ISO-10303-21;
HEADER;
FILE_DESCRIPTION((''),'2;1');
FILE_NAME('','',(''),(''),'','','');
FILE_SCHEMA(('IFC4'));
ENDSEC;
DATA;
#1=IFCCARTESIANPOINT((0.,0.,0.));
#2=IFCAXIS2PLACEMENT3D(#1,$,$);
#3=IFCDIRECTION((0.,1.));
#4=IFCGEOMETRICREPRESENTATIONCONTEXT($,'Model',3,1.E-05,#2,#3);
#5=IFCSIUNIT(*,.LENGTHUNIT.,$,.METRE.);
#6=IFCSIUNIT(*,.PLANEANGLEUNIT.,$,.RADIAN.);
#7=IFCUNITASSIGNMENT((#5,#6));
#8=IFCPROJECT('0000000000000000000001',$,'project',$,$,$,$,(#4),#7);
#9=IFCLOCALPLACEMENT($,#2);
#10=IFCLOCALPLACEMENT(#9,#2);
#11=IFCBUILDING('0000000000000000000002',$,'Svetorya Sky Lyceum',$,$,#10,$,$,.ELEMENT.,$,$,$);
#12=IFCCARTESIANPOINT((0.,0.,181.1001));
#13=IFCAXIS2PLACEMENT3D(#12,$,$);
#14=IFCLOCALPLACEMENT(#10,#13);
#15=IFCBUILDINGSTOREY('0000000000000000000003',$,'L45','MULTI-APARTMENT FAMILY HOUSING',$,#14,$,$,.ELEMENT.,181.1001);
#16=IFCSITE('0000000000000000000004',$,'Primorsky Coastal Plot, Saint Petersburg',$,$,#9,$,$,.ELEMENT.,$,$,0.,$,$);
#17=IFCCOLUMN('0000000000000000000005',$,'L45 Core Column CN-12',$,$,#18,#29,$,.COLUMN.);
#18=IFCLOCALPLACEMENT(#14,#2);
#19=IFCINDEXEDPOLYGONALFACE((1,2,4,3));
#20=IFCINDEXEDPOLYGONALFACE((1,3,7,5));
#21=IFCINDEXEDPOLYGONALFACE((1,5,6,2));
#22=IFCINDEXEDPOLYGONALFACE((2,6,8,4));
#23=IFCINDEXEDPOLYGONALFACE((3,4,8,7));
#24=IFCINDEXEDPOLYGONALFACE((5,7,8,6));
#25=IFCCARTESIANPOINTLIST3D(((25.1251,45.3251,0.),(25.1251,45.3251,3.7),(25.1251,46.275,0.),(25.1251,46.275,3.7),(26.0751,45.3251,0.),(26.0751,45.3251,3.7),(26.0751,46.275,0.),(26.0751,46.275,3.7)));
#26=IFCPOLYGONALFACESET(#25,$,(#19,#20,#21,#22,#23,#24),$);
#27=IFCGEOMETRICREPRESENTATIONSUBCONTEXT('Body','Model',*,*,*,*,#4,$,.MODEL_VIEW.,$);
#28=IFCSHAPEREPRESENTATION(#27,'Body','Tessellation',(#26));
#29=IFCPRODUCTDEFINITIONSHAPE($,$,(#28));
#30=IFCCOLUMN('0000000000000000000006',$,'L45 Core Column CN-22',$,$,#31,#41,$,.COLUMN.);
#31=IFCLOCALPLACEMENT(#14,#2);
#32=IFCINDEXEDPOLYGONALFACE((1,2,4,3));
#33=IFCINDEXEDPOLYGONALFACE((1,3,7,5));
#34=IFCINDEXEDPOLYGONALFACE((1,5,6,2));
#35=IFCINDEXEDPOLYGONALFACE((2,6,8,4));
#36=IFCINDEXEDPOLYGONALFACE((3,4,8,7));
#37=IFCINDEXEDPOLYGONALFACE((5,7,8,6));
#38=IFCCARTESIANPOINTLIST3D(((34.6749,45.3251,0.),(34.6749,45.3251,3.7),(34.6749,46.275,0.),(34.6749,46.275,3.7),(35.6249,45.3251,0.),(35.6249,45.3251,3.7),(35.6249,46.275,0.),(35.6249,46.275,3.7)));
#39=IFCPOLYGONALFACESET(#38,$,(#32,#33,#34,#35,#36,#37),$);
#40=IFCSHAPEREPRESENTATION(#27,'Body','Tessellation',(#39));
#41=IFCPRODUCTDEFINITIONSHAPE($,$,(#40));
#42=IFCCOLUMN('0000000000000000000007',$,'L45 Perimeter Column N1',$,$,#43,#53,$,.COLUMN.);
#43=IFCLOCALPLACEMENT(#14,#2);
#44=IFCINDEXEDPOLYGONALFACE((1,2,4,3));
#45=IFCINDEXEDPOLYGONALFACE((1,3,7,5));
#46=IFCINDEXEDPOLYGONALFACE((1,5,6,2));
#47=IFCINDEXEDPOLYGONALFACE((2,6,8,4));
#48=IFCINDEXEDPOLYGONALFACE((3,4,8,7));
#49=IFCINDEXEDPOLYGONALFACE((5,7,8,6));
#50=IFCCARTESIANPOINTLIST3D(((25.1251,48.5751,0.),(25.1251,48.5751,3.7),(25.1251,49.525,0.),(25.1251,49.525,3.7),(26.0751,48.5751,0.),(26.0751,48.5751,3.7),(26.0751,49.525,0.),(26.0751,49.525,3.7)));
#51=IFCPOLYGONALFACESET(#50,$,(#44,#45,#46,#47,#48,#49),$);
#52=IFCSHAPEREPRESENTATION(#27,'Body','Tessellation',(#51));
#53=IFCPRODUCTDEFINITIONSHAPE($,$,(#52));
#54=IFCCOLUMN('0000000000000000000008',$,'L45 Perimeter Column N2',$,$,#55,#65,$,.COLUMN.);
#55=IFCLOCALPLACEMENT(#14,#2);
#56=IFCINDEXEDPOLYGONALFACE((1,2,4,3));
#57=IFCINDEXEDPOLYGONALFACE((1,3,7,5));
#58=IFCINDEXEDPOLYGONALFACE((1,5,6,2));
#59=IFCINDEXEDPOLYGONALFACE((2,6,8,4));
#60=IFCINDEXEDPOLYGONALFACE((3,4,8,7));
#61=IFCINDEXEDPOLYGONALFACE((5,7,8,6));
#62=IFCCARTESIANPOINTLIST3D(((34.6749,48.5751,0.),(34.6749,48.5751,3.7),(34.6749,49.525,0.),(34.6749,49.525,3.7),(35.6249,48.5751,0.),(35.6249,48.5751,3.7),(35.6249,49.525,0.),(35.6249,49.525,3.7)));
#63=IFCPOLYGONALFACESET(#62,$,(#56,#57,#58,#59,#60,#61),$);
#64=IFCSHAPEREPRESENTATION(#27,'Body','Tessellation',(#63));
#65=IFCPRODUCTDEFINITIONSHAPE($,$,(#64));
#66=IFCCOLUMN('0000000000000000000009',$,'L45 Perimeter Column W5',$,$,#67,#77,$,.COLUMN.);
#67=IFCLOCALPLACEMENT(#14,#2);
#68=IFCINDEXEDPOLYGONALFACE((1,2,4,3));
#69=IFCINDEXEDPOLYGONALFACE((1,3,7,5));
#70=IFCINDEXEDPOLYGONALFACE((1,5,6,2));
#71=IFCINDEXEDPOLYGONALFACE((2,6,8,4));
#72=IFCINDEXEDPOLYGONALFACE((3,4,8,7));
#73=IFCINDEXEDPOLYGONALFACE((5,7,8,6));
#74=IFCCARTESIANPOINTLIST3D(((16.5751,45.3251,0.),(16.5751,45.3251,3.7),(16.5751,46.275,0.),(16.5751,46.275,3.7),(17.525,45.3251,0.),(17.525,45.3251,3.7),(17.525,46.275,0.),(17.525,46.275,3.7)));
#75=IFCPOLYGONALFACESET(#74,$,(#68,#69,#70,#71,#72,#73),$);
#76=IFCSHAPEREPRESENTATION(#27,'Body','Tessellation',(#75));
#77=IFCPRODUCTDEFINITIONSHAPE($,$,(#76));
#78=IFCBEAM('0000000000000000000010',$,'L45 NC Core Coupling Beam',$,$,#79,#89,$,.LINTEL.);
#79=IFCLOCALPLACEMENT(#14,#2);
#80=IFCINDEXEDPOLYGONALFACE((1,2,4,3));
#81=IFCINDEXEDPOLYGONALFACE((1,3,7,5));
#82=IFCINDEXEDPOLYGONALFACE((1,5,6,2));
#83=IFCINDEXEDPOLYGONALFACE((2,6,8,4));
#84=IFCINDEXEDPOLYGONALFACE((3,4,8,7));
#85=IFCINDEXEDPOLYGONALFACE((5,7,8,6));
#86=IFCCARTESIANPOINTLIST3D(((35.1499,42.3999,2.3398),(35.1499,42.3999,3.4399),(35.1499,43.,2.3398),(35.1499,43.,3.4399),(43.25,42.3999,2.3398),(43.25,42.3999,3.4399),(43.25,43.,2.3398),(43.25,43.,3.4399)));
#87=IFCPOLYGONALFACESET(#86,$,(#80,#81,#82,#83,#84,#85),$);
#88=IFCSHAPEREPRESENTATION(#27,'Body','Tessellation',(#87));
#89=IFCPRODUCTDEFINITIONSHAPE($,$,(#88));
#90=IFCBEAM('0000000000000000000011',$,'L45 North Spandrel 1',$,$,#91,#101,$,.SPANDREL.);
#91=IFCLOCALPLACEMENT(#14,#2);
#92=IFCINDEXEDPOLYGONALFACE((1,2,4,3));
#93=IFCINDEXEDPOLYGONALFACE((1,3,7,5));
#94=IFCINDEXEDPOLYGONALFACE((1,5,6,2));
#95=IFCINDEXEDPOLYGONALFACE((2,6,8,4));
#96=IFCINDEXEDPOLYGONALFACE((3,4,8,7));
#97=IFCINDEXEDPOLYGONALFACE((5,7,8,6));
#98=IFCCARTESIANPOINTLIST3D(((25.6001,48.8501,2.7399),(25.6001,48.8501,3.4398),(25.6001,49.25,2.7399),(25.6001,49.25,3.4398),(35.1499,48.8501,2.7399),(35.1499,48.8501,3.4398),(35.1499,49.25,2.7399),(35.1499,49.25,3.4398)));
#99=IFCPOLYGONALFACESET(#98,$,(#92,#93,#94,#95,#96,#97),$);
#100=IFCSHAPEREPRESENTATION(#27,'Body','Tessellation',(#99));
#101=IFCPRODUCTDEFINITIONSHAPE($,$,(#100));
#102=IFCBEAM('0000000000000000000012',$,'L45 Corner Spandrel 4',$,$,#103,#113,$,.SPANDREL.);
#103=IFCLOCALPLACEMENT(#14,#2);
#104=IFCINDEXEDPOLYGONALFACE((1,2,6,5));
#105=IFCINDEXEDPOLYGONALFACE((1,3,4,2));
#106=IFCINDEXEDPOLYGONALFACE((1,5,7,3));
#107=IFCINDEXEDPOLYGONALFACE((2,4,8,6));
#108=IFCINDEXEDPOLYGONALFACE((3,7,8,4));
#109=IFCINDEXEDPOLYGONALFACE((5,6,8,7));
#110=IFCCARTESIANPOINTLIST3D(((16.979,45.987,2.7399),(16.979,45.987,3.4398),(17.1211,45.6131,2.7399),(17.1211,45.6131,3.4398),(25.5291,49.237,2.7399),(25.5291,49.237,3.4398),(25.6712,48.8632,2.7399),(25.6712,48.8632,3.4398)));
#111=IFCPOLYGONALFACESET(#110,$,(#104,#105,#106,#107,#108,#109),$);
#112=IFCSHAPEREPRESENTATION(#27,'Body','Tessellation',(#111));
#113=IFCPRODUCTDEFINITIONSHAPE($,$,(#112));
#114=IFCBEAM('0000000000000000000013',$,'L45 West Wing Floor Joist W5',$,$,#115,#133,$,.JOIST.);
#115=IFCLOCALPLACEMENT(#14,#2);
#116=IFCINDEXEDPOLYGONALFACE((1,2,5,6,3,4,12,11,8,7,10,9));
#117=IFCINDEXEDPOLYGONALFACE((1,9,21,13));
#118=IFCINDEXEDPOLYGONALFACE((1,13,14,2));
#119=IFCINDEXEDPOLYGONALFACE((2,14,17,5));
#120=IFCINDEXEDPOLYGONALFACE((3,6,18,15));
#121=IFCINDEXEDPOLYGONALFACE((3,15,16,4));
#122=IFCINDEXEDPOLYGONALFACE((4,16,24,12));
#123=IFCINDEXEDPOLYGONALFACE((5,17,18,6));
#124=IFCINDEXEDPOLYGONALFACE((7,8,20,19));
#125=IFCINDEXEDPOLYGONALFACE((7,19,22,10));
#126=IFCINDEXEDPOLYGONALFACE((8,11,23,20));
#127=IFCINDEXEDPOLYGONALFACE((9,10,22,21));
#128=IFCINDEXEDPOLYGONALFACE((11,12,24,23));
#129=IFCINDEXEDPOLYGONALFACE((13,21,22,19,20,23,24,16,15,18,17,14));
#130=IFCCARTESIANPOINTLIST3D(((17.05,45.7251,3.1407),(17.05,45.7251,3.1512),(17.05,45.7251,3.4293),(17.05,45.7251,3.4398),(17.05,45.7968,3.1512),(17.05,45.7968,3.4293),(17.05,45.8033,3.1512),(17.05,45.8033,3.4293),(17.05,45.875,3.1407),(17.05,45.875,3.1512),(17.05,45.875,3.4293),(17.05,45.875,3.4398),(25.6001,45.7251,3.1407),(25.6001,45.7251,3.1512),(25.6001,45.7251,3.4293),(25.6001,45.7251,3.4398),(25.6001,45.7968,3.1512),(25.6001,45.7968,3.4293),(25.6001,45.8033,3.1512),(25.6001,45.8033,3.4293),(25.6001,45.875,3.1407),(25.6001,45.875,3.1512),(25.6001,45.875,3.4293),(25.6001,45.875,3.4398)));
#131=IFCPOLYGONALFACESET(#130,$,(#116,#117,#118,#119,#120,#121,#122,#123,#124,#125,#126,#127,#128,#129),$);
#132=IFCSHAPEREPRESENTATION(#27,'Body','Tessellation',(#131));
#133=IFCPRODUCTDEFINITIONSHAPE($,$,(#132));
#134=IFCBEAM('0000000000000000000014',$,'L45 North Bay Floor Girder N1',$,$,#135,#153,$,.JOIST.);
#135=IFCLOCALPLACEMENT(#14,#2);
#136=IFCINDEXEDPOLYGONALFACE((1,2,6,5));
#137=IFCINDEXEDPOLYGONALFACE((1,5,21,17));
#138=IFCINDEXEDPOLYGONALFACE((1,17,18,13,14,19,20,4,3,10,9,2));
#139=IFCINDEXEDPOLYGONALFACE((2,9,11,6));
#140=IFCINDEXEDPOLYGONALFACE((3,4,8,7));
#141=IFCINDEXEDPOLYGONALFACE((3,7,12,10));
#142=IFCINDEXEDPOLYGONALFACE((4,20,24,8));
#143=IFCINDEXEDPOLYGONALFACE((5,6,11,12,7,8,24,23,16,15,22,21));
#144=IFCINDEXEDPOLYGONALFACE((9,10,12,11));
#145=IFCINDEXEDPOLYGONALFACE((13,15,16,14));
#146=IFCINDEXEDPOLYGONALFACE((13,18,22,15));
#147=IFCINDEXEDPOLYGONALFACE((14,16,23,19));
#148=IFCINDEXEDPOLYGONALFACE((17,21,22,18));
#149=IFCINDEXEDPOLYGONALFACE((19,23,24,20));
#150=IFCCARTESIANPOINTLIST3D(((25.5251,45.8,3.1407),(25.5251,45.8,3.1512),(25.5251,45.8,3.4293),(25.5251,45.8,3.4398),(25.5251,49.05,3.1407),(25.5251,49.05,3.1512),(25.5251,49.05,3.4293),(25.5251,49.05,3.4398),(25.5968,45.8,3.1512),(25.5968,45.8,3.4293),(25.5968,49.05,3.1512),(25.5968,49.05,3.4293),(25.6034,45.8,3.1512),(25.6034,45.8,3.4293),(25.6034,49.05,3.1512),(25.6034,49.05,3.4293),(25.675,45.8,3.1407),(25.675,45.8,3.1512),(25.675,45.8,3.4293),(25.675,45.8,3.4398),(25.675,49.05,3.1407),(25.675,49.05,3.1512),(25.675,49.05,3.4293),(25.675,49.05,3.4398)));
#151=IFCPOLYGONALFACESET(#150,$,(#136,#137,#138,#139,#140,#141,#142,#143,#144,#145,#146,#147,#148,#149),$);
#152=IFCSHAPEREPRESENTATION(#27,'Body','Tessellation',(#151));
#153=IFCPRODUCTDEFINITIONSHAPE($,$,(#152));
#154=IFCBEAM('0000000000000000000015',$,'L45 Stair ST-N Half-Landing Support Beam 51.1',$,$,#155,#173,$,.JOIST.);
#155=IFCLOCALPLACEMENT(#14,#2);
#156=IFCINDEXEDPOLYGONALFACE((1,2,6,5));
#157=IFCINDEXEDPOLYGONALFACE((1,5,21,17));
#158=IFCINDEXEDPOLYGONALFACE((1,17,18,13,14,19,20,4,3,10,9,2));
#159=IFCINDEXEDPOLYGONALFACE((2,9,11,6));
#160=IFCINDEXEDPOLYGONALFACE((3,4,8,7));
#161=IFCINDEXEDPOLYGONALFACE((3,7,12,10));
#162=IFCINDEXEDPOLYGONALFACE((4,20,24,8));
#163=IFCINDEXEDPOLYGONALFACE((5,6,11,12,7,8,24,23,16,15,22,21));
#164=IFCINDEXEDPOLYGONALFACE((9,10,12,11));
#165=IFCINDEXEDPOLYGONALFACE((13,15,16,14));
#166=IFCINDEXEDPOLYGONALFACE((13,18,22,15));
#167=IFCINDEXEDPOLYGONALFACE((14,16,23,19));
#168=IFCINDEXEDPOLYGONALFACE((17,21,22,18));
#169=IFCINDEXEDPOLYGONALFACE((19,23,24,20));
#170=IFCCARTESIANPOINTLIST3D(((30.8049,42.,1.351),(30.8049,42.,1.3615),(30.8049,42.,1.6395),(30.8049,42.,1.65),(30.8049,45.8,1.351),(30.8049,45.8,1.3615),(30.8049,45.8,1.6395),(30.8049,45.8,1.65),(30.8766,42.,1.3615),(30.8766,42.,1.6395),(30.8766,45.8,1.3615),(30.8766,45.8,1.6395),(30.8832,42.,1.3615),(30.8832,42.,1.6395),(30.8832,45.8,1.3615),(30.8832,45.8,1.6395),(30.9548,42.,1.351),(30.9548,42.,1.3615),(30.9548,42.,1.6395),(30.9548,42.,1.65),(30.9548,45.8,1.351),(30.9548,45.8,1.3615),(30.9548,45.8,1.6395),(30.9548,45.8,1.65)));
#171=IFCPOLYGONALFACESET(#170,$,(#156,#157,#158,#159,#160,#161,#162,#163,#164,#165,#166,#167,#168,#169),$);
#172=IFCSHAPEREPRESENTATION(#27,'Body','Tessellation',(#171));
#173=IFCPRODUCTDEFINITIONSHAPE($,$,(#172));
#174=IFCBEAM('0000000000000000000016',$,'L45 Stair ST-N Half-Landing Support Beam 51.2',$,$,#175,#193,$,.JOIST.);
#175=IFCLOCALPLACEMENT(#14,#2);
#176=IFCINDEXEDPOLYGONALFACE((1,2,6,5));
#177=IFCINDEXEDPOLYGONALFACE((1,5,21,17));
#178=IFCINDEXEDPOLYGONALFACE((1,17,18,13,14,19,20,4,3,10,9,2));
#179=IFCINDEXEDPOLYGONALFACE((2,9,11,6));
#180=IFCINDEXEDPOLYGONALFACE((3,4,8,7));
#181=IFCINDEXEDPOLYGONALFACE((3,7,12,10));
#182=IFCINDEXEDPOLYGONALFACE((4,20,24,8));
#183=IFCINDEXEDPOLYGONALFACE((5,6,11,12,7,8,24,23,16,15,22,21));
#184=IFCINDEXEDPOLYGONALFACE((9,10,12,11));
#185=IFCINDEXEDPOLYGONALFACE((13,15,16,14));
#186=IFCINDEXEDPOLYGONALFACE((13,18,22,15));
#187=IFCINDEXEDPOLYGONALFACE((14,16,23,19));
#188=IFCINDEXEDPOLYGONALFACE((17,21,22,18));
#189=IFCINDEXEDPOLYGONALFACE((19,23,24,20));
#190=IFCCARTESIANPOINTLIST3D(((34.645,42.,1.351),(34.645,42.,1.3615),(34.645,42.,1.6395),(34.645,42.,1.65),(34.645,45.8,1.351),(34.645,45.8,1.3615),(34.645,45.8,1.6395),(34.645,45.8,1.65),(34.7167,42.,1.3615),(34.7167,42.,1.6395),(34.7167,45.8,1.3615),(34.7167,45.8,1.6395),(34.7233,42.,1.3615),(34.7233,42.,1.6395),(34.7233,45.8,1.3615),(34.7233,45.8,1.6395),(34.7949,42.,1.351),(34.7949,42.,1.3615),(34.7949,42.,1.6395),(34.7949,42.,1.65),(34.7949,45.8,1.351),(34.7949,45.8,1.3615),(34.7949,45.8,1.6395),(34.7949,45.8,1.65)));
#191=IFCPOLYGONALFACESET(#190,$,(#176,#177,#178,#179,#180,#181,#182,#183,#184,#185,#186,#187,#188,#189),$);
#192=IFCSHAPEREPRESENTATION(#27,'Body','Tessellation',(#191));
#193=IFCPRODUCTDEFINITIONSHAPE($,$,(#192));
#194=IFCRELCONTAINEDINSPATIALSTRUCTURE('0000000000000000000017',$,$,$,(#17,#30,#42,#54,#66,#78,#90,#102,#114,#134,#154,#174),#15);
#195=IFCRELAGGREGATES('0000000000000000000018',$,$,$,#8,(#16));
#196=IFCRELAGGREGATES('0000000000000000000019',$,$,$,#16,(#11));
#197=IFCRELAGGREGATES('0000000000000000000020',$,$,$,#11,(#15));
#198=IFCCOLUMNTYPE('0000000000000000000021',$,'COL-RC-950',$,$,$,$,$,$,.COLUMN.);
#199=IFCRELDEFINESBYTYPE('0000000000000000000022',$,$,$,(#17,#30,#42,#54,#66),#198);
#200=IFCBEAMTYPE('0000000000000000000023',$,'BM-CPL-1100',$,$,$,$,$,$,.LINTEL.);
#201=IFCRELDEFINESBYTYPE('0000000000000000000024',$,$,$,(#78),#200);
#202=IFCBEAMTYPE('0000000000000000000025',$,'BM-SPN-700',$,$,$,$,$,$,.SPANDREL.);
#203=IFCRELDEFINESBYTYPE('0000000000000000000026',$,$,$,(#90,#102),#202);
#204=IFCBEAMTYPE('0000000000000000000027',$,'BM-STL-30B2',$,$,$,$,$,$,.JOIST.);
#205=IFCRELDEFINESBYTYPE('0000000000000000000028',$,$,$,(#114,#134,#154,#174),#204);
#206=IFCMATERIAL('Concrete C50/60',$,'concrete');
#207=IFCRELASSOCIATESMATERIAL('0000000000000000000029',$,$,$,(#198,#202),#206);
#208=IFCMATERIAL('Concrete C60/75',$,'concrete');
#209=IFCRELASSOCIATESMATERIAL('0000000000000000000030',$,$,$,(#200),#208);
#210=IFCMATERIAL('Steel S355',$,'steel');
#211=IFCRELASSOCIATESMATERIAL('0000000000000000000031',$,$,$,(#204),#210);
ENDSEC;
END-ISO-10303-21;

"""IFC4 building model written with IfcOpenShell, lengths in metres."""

from ifc_helpers import new_model, si_unit, direction, frame, origin, origin_2d, place, context, subcontext, project, spatial, rectangle, i_section, extrude, material, material_profile, profile_set, type_object, element, save


model = new_model("IFC4")

# Units and contexts
model_context = context("Model", 3, precision=1e-05, world=origin(), true_north=direction((0.0, 1.0)))
body_context = subcontext(model_context, "Body", "Model", "MODEL_VIEW")
ifc_project = project(units=[si_unit("LENGTHUNIT", "METRE"), si_unit("PLANEANGLEUNIT", "RADIAN")], contexts=[model_context])

# Site, building, storey
site_placement = place(None, origin())
site = spatial("IfcSite", under=ifc_project, at=site_placement, Name="Primorsky Coastal Plot, Saint Petersburg", CompositionType="ELEMENT", RefElevation=0.0)
building_placement = place(site_placement, origin())
building = spatial("IfcBuilding", under=site, at=building_placement, Name="Svetorya Sky Lyceum", CompositionType="ELEMENT")
storey_placement = place(building_placement, frame((0.0, 0.0, 181.1001)))
storey = spatial("IfcBuildingStorey", under=building, at=storey_placement, Name="L45", Description="MULTI-APARTMENT FAMILY HOUSING", CompositionType="ELEMENT", Elevation=181.1001)

# Columns
ifc_material_1 = material(Name="Concrete C50/60", Category="concrete")
ifc_material_profile_1 = material_profile(ifc_material_1, rectangle(XDim=0.95, YDim=0.95, at=origin_2d()), Name="RC COL 950x950")
ifc_profile_set_1 = profile_set([ifc_material_profile_1], Name="Concrete C50/60")
column_type = type_object("IfcColumnType", Name="COL-RC-950", PredefinedType="COLUMN", material=ifc_profile_set_1)
for number, where, z_axis, x_axis, name in (
    (1, (25.6001, 45.8, 0.0), (0.0, 0.0, 1.0), (1.0, 0.0, 0.0), "L45 Core Column CN-12"),
    (2, (35.1499, 45.8, 0.0), (0.0, 0.0, 1.0), (1.0, 0.0, 0.0), "L45 Core Column CN-22"),
    (3, (25.6001, 49.05, 0.0), (0.0, 0.0, 1.0), (1.0, 0.0, 0.0), "L45 Perimeter Column N1"),
    (4, (35.1499, 49.05, 0.0), (0.0, 0.0, 1.0), (1.0, 0.0, 0.0), "L45 Perimeter Column N2"),
    (5, (17.05, 45.8, 0.0), (0.0, 0.0, 1.0), (1.0, 0.0, 0.0), "L45 Perimeter Column W5"),
):
    element("IfcColumn", number, at=place(storey_placement, frame(where, z_axis=z_axis, x_axis=x_axis)), inside=storey, type_object=column_type, Name=name, PredefinedType="COLUMN", context=body_context, shape_type="SweptSolid", body=[
        extrude(rectangle(XDim=0.95, YDim=0.95, at=origin_2d()), origin(), (0.0, 0.0, 1.0), 3.7),
    ])

# Beams
ifc_material_2 = material(Name="Concrete C60/75", Category="concrete")
ifc_material_profile_2 = material_profile(ifc_material_2, rectangle(XDim=0.6001, YDim=1.1001, at=origin_2d()), Name="RC COUPLING 600x1100")
ifc_profile_set_2 = profile_set([ifc_material_profile_2], Name="Concrete C60/75")
beam_type_1 = type_object("IfcBeamType", Name="BM-CPL-1100", PredefinedType="LINTEL", material=ifc_profile_set_2)
beam_1_placement = place(storey_placement, frame((35.1499, 42.7, 2.8899), z_axis=(1.0, 0.0, 0.0), x_axis=(0.0, 1.0, 0.0)))
element("IfcBeam", 6, at=beam_1_placement, inside=storey, type_object=beam_type_1, Name="L45 NC Core Coupling Beam", PredefinedType="LINTEL", context=body_context, shape_type="SweptSolid", body=[
    extrude(rectangle(XDim=0.6001, YDim=1.1001, at=origin_2d()), origin(), (0.0, 0.0, 1.0), 8.1001),
])
ifc_material_profile_3 = material_profile(ifc_material_1, rectangle(XDim=0.3999, YDim=0.7, at=origin_2d()), Name="RC SPANDREL 400x700")
ifc_profile_set_3 = profile_set([ifc_material_profile_3], Name="Concrete C50/60")
beam_type_2 = type_object("IfcBeamType", Name="BM-SPN-700", PredefinedType="SPANDREL", material=ifc_profile_set_3)
beam_2_placement = place(storey_placement, frame((25.6001, 49.05, 3.0898), z_axis=(1.0, 0.0, 0.0), x_axis=(0.0, 1.0, 0.0)))
element("IfcBeam", 7, at=beam_2_placement, inside=storey, type_object=beam_type_2, Name="L45 North Spandrel 1", PredefinedType="SPANDREL", context=body_context, shape_type="SweptSolid", body=[
    extrude(rectangle(XDim=0.3999, YDim=0.7, at=origin_2d()), origin(), (0.0, 0.0, 1.0), 9.5498),
])
beam_3_placement = place(storey_placement, frame((17.05, 45.8, 3.0898), z_axis=(0.934748, 0.355312, 0.0), x_axis=(-0.355312, 0.934748, 0.0)))
element("IfcBeam", 8, at=beam_3_placement, inside=storey, type_object=beam_type_2, Name="L45 Corner Spandrel 4", PredefinedType="SPANDREL", context=body_context, shape_type="SweptSolid", body=[
    extrude(rectangle(XDim=0.3999, YDim=0.7, at=origin_2d()), origin(), (0.0, 0.0, 1.0), 9.147),
])
ifc_material_3 = material(Name="Steel S355", Category="steel")
ifc_material_profile_4 = material_profile(ifc_material_3, i_section(OverallWidth=0.1499, OverallDepth=0.2991, WebThickness=0.0066, FlangeThickness=0.0105, at=origin_2d()), Name="GOST 30B2")
ifc_profile_set_4 = profile_set([ifc_material_profile_4], Name="Steel S355")
beam_type_3 = type_object("IfcBeamType", Name="BM-STL-30B2", PredefinedType="JOIST", material=ifc_profile_set_4)
beam_4_placement = place(storey_placement, frame((17.05, 45.8, 3.2903), z_axis=(1.0, 0.0, 0.0), x_axis=(0.0, 1.0, 0.0)))
element("IfcBeam", 9, at=beam_4_placement, inside=storey, type_object=beam_type_3, Name="L45 West Wing Floor Joist W5", PredefinedType="JOIST", context=body_context, shape_type="SweptSolid", body=[
    extrude(i_section(OverallWidth=0.1499, OverallDepth=0.2991, WebThickness=0.0066, FlangeThickness=0.0105, at=origin_2d()), origin(), (0.0, 0.0, 1.0), 8.55),
])
beam_5_placement = place(storey_placement, frame((25.6001, 45.8, 3.2903), z_axis=(0.0, 1.0, 0.0), x_axis=(-1.0, 0.0, 0.0)))
element("IfcBeam", 10, at=beam_5_placement, inside=storey, type_object=beam_type_3, Name="L45 North Bay Floor Girder N1", PredefinedType="JOIST", context=body_context, shape_type="SweptSolid", body=[
    extrude(i_section(OverallWidth=0.1499, OverallDepth=0.2991, WebThickness=0.0066, FlangeThickness=0.0105, at=origin_2d()), origin(), (0.0, 0.0, 1.0), 3.25),
])
for number, where, z_axis, x_axis, name in (
    (11, (30.8799, 42.0, 1.5005), (0.0, 1.0, 0.0), (-1.0, 0.0, 0.0), "L45 Stair ST-N Half-Landing Support Beam 51.1"),
    (12, (34.72, 42.0, 1.5005), (0.0, 1.0, 0.0), (-1.0, 0.0, 0.0), "L45 Stair ST-N Half-Landing Support Beam 51.2"),
):
    element("IfcBeam", number, at=place(storey_placement, frame(where, z_axis=z_axis, x_axis=x_axis)), inside=storey, type_object=beam_type_3, Name=name, PredefinedType="JOIST", context=body_context, shape_type="SweptSolid", body=[
        extrude(i_section(OverallWidth=0.1499, OverallDepth=0.2991, WebThickness=0.0066, FlangeThickness=0.0105, at=origin_2d()), origin(), (0.0, 0.0, 1.0), 3.8),
    ])

save(model, "model.ifc")
